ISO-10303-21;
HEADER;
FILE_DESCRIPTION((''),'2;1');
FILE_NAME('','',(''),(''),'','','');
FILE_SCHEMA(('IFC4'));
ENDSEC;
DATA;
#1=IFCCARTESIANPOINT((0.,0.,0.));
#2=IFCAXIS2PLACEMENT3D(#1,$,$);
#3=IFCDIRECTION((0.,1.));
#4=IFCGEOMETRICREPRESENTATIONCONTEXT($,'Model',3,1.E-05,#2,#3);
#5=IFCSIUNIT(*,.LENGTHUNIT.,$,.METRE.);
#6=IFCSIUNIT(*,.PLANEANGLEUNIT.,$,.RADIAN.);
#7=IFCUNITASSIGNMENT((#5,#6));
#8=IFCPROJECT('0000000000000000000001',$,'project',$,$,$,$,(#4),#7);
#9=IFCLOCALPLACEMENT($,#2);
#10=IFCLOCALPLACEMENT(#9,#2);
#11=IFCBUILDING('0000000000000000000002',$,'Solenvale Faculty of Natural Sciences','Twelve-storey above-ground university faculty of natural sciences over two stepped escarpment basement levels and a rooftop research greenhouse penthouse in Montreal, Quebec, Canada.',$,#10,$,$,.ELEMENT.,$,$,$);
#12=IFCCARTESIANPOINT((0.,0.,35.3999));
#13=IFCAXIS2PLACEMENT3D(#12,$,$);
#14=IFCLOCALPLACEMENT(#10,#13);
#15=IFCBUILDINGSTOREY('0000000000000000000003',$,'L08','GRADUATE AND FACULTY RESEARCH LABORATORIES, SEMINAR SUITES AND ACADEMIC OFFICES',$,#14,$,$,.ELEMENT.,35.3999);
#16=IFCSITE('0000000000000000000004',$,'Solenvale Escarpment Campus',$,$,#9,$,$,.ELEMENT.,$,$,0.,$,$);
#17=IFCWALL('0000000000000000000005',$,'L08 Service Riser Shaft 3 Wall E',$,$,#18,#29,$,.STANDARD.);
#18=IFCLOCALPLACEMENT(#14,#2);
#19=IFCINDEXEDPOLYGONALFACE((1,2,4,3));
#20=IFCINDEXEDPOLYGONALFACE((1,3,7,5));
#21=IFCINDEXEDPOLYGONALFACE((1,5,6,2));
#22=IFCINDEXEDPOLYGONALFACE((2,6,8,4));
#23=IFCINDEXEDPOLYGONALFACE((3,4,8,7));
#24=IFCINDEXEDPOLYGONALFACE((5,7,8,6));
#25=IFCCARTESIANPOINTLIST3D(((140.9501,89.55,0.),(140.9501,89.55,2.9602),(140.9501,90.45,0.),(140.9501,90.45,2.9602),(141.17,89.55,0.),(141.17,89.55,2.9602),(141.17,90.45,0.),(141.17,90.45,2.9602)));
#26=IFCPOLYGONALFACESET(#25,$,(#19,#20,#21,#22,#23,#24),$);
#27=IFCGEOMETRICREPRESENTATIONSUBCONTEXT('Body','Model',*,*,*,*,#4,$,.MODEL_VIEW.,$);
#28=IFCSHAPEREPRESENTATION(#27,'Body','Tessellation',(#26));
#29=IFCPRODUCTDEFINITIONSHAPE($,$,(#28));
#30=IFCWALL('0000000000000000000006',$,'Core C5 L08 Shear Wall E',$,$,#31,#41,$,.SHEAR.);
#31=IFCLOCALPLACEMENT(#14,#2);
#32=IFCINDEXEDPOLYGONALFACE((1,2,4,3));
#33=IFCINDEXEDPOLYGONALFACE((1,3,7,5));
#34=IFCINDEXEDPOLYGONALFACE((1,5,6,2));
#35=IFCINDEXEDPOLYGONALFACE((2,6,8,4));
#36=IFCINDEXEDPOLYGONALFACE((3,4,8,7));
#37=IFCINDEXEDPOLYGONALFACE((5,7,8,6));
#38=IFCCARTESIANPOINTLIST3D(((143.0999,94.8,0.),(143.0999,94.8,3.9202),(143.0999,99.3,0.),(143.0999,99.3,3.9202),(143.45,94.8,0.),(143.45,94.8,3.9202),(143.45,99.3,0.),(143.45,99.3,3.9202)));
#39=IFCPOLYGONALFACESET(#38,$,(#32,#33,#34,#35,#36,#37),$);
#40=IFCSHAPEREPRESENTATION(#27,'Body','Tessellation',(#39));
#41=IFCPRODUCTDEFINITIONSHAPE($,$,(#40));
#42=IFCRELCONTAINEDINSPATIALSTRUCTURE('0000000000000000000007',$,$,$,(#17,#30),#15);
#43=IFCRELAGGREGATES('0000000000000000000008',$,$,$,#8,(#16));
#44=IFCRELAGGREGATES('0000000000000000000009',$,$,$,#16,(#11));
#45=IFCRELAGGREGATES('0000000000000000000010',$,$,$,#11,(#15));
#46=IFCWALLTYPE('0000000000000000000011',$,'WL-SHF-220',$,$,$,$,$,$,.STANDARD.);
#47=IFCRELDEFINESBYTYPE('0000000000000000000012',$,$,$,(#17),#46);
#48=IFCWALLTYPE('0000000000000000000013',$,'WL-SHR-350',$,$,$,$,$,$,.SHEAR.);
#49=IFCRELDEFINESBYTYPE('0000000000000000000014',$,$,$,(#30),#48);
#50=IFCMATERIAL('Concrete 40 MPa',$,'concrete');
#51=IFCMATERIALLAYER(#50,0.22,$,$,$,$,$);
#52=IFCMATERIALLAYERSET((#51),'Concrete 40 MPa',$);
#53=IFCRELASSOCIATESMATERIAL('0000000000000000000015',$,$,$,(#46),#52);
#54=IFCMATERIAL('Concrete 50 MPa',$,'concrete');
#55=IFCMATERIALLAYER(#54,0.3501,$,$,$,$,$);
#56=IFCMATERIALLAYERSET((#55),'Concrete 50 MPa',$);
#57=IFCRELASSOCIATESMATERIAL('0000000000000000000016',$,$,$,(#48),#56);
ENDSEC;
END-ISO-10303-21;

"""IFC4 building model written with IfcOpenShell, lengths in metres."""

from ifc_helpers import new_model, si_unit, direction, frame, frame_2d, origin, place, context, subcontext, project, spatial, rectangle, extrude, material, layer, layer_set, type_object, element, save


model = new_model("IFC4")

# Units and contexts
model_context = context("Model", 3, precision=1e-05, world=origin(), true_north=direction((0.0, 1.0)))
body_context = subcontext(model_context, "Body", "Model", "MODEL_VIEW")
ifc_project = project(units=[si_unit("LENGTHUNIT", "METRE"), si_unit("PLANEANGLEUNIT", "RADIAN")], contexts=[model_context])

# Site, building, storey
site_placement = place(None, origin())
site = spatial("IfcSite", under=ifc_project, at=site_placement, Name="Solenvale Escarpment Campus", CompositionType="ELEMENT", RefElevation=0.0)
building_placement = place(site_placement, origin())
building = spatial("IfcBuilding", under=site, at=building_placement, Name="Solenvale Faculty of Natural Sciences", Description="Twelve-storey above-ground university faculty of natural sciences over two stepped escarpment basement levels and a rooftop research greenhouse penthouse in Montreal, Quebec, Canada.", CompositionType="ELEMENT")
storey_placement = place(building_placement, frame((0.0, 0.0, 35.3999)))
storey = spatial("IfcBuildingStorey", under=building, at=storey_placement, Name="L08", Description="GRADUATE AND FACULTY RESEARCH LABORATORIES, SEMINAR SUITES AND ACADEMIC OFFICES", CompositionType="ELEMENT", Elevation=35.3999)

# Shared definitions
ifc_material_1 = material(Name="Concrete 40 MPa", Category="concrete")

# Shared definitions
ifc_layer_1 = layer(ifc_material_1, 0.22)
ifc_layer_set_1 = layer_set([ifc_layer_1], Name="Concrete 40 MPa")
wall_type_1 = type_object("IfcWallType", Name="WL-SHF-220", PredefinedType="STANDARD", material=ifc_layer_set_1)

# Walls
for number, where, z_axis, x_axis, name in (
    (1, (141.0601, 89.55, 0.0), (0.0, 0.0, 1.0), (0.0, 1.0, 0.0), "L08 Service Riser Shaft 3 Wall E"),
):
    element("IfcWall", number, at=place(storey_placement, frame(where, z_axis=z_axis, x_axis=x_axis)), inside=storey, type_object=wall_type_1, Name=name, PredefinedType="STANDARD", context=body_context, shape_type="SweptSolid", body=[
        extrude(rectangle(XDim=0.8999, YDim=0.22, at=frame_2d((0.45, 0.0))), origin(), (0.0, 0.0, 1.0), 2.9602),
    ])
ifc_material_2 = material(Name="Concrete 50 MPa", Category="concrete")
ifc_layer_2 = layer(ifc_material_2, 0.3501)
ifc_layer_set_2 = layer_set([ifc_layer_2], Name="Concrete 50 MPa")
wall_type_2 = type_object("IfcWallType", Name="WL-SHR-350", PredefinedType="SHEAR", material=ifc_layer_set_2)
wall_1_placement = place(storey_placement, frame((143.2749, 94.8, 0.0), z_axis=(0.0, 0.0, 1.0), x_axis=(0.0, 1.0, 0.0)))
element("IfcWall", 2, at=wall_1_placement, inside=storey, type_object=wall_type_2, Name="Core C5 L08 Shear Wall E", PredefinedType="SHEAR", context=body_context, shape_type="SweptSolid", body=[
    extrude(rectangle(XDim=4.5, YDim=0.3501, at=frame_2d((2.25, 0.0))), origin(), (0.0, 0.0, 1.0), 3.9202),
])

save(model, "model.ifc")
